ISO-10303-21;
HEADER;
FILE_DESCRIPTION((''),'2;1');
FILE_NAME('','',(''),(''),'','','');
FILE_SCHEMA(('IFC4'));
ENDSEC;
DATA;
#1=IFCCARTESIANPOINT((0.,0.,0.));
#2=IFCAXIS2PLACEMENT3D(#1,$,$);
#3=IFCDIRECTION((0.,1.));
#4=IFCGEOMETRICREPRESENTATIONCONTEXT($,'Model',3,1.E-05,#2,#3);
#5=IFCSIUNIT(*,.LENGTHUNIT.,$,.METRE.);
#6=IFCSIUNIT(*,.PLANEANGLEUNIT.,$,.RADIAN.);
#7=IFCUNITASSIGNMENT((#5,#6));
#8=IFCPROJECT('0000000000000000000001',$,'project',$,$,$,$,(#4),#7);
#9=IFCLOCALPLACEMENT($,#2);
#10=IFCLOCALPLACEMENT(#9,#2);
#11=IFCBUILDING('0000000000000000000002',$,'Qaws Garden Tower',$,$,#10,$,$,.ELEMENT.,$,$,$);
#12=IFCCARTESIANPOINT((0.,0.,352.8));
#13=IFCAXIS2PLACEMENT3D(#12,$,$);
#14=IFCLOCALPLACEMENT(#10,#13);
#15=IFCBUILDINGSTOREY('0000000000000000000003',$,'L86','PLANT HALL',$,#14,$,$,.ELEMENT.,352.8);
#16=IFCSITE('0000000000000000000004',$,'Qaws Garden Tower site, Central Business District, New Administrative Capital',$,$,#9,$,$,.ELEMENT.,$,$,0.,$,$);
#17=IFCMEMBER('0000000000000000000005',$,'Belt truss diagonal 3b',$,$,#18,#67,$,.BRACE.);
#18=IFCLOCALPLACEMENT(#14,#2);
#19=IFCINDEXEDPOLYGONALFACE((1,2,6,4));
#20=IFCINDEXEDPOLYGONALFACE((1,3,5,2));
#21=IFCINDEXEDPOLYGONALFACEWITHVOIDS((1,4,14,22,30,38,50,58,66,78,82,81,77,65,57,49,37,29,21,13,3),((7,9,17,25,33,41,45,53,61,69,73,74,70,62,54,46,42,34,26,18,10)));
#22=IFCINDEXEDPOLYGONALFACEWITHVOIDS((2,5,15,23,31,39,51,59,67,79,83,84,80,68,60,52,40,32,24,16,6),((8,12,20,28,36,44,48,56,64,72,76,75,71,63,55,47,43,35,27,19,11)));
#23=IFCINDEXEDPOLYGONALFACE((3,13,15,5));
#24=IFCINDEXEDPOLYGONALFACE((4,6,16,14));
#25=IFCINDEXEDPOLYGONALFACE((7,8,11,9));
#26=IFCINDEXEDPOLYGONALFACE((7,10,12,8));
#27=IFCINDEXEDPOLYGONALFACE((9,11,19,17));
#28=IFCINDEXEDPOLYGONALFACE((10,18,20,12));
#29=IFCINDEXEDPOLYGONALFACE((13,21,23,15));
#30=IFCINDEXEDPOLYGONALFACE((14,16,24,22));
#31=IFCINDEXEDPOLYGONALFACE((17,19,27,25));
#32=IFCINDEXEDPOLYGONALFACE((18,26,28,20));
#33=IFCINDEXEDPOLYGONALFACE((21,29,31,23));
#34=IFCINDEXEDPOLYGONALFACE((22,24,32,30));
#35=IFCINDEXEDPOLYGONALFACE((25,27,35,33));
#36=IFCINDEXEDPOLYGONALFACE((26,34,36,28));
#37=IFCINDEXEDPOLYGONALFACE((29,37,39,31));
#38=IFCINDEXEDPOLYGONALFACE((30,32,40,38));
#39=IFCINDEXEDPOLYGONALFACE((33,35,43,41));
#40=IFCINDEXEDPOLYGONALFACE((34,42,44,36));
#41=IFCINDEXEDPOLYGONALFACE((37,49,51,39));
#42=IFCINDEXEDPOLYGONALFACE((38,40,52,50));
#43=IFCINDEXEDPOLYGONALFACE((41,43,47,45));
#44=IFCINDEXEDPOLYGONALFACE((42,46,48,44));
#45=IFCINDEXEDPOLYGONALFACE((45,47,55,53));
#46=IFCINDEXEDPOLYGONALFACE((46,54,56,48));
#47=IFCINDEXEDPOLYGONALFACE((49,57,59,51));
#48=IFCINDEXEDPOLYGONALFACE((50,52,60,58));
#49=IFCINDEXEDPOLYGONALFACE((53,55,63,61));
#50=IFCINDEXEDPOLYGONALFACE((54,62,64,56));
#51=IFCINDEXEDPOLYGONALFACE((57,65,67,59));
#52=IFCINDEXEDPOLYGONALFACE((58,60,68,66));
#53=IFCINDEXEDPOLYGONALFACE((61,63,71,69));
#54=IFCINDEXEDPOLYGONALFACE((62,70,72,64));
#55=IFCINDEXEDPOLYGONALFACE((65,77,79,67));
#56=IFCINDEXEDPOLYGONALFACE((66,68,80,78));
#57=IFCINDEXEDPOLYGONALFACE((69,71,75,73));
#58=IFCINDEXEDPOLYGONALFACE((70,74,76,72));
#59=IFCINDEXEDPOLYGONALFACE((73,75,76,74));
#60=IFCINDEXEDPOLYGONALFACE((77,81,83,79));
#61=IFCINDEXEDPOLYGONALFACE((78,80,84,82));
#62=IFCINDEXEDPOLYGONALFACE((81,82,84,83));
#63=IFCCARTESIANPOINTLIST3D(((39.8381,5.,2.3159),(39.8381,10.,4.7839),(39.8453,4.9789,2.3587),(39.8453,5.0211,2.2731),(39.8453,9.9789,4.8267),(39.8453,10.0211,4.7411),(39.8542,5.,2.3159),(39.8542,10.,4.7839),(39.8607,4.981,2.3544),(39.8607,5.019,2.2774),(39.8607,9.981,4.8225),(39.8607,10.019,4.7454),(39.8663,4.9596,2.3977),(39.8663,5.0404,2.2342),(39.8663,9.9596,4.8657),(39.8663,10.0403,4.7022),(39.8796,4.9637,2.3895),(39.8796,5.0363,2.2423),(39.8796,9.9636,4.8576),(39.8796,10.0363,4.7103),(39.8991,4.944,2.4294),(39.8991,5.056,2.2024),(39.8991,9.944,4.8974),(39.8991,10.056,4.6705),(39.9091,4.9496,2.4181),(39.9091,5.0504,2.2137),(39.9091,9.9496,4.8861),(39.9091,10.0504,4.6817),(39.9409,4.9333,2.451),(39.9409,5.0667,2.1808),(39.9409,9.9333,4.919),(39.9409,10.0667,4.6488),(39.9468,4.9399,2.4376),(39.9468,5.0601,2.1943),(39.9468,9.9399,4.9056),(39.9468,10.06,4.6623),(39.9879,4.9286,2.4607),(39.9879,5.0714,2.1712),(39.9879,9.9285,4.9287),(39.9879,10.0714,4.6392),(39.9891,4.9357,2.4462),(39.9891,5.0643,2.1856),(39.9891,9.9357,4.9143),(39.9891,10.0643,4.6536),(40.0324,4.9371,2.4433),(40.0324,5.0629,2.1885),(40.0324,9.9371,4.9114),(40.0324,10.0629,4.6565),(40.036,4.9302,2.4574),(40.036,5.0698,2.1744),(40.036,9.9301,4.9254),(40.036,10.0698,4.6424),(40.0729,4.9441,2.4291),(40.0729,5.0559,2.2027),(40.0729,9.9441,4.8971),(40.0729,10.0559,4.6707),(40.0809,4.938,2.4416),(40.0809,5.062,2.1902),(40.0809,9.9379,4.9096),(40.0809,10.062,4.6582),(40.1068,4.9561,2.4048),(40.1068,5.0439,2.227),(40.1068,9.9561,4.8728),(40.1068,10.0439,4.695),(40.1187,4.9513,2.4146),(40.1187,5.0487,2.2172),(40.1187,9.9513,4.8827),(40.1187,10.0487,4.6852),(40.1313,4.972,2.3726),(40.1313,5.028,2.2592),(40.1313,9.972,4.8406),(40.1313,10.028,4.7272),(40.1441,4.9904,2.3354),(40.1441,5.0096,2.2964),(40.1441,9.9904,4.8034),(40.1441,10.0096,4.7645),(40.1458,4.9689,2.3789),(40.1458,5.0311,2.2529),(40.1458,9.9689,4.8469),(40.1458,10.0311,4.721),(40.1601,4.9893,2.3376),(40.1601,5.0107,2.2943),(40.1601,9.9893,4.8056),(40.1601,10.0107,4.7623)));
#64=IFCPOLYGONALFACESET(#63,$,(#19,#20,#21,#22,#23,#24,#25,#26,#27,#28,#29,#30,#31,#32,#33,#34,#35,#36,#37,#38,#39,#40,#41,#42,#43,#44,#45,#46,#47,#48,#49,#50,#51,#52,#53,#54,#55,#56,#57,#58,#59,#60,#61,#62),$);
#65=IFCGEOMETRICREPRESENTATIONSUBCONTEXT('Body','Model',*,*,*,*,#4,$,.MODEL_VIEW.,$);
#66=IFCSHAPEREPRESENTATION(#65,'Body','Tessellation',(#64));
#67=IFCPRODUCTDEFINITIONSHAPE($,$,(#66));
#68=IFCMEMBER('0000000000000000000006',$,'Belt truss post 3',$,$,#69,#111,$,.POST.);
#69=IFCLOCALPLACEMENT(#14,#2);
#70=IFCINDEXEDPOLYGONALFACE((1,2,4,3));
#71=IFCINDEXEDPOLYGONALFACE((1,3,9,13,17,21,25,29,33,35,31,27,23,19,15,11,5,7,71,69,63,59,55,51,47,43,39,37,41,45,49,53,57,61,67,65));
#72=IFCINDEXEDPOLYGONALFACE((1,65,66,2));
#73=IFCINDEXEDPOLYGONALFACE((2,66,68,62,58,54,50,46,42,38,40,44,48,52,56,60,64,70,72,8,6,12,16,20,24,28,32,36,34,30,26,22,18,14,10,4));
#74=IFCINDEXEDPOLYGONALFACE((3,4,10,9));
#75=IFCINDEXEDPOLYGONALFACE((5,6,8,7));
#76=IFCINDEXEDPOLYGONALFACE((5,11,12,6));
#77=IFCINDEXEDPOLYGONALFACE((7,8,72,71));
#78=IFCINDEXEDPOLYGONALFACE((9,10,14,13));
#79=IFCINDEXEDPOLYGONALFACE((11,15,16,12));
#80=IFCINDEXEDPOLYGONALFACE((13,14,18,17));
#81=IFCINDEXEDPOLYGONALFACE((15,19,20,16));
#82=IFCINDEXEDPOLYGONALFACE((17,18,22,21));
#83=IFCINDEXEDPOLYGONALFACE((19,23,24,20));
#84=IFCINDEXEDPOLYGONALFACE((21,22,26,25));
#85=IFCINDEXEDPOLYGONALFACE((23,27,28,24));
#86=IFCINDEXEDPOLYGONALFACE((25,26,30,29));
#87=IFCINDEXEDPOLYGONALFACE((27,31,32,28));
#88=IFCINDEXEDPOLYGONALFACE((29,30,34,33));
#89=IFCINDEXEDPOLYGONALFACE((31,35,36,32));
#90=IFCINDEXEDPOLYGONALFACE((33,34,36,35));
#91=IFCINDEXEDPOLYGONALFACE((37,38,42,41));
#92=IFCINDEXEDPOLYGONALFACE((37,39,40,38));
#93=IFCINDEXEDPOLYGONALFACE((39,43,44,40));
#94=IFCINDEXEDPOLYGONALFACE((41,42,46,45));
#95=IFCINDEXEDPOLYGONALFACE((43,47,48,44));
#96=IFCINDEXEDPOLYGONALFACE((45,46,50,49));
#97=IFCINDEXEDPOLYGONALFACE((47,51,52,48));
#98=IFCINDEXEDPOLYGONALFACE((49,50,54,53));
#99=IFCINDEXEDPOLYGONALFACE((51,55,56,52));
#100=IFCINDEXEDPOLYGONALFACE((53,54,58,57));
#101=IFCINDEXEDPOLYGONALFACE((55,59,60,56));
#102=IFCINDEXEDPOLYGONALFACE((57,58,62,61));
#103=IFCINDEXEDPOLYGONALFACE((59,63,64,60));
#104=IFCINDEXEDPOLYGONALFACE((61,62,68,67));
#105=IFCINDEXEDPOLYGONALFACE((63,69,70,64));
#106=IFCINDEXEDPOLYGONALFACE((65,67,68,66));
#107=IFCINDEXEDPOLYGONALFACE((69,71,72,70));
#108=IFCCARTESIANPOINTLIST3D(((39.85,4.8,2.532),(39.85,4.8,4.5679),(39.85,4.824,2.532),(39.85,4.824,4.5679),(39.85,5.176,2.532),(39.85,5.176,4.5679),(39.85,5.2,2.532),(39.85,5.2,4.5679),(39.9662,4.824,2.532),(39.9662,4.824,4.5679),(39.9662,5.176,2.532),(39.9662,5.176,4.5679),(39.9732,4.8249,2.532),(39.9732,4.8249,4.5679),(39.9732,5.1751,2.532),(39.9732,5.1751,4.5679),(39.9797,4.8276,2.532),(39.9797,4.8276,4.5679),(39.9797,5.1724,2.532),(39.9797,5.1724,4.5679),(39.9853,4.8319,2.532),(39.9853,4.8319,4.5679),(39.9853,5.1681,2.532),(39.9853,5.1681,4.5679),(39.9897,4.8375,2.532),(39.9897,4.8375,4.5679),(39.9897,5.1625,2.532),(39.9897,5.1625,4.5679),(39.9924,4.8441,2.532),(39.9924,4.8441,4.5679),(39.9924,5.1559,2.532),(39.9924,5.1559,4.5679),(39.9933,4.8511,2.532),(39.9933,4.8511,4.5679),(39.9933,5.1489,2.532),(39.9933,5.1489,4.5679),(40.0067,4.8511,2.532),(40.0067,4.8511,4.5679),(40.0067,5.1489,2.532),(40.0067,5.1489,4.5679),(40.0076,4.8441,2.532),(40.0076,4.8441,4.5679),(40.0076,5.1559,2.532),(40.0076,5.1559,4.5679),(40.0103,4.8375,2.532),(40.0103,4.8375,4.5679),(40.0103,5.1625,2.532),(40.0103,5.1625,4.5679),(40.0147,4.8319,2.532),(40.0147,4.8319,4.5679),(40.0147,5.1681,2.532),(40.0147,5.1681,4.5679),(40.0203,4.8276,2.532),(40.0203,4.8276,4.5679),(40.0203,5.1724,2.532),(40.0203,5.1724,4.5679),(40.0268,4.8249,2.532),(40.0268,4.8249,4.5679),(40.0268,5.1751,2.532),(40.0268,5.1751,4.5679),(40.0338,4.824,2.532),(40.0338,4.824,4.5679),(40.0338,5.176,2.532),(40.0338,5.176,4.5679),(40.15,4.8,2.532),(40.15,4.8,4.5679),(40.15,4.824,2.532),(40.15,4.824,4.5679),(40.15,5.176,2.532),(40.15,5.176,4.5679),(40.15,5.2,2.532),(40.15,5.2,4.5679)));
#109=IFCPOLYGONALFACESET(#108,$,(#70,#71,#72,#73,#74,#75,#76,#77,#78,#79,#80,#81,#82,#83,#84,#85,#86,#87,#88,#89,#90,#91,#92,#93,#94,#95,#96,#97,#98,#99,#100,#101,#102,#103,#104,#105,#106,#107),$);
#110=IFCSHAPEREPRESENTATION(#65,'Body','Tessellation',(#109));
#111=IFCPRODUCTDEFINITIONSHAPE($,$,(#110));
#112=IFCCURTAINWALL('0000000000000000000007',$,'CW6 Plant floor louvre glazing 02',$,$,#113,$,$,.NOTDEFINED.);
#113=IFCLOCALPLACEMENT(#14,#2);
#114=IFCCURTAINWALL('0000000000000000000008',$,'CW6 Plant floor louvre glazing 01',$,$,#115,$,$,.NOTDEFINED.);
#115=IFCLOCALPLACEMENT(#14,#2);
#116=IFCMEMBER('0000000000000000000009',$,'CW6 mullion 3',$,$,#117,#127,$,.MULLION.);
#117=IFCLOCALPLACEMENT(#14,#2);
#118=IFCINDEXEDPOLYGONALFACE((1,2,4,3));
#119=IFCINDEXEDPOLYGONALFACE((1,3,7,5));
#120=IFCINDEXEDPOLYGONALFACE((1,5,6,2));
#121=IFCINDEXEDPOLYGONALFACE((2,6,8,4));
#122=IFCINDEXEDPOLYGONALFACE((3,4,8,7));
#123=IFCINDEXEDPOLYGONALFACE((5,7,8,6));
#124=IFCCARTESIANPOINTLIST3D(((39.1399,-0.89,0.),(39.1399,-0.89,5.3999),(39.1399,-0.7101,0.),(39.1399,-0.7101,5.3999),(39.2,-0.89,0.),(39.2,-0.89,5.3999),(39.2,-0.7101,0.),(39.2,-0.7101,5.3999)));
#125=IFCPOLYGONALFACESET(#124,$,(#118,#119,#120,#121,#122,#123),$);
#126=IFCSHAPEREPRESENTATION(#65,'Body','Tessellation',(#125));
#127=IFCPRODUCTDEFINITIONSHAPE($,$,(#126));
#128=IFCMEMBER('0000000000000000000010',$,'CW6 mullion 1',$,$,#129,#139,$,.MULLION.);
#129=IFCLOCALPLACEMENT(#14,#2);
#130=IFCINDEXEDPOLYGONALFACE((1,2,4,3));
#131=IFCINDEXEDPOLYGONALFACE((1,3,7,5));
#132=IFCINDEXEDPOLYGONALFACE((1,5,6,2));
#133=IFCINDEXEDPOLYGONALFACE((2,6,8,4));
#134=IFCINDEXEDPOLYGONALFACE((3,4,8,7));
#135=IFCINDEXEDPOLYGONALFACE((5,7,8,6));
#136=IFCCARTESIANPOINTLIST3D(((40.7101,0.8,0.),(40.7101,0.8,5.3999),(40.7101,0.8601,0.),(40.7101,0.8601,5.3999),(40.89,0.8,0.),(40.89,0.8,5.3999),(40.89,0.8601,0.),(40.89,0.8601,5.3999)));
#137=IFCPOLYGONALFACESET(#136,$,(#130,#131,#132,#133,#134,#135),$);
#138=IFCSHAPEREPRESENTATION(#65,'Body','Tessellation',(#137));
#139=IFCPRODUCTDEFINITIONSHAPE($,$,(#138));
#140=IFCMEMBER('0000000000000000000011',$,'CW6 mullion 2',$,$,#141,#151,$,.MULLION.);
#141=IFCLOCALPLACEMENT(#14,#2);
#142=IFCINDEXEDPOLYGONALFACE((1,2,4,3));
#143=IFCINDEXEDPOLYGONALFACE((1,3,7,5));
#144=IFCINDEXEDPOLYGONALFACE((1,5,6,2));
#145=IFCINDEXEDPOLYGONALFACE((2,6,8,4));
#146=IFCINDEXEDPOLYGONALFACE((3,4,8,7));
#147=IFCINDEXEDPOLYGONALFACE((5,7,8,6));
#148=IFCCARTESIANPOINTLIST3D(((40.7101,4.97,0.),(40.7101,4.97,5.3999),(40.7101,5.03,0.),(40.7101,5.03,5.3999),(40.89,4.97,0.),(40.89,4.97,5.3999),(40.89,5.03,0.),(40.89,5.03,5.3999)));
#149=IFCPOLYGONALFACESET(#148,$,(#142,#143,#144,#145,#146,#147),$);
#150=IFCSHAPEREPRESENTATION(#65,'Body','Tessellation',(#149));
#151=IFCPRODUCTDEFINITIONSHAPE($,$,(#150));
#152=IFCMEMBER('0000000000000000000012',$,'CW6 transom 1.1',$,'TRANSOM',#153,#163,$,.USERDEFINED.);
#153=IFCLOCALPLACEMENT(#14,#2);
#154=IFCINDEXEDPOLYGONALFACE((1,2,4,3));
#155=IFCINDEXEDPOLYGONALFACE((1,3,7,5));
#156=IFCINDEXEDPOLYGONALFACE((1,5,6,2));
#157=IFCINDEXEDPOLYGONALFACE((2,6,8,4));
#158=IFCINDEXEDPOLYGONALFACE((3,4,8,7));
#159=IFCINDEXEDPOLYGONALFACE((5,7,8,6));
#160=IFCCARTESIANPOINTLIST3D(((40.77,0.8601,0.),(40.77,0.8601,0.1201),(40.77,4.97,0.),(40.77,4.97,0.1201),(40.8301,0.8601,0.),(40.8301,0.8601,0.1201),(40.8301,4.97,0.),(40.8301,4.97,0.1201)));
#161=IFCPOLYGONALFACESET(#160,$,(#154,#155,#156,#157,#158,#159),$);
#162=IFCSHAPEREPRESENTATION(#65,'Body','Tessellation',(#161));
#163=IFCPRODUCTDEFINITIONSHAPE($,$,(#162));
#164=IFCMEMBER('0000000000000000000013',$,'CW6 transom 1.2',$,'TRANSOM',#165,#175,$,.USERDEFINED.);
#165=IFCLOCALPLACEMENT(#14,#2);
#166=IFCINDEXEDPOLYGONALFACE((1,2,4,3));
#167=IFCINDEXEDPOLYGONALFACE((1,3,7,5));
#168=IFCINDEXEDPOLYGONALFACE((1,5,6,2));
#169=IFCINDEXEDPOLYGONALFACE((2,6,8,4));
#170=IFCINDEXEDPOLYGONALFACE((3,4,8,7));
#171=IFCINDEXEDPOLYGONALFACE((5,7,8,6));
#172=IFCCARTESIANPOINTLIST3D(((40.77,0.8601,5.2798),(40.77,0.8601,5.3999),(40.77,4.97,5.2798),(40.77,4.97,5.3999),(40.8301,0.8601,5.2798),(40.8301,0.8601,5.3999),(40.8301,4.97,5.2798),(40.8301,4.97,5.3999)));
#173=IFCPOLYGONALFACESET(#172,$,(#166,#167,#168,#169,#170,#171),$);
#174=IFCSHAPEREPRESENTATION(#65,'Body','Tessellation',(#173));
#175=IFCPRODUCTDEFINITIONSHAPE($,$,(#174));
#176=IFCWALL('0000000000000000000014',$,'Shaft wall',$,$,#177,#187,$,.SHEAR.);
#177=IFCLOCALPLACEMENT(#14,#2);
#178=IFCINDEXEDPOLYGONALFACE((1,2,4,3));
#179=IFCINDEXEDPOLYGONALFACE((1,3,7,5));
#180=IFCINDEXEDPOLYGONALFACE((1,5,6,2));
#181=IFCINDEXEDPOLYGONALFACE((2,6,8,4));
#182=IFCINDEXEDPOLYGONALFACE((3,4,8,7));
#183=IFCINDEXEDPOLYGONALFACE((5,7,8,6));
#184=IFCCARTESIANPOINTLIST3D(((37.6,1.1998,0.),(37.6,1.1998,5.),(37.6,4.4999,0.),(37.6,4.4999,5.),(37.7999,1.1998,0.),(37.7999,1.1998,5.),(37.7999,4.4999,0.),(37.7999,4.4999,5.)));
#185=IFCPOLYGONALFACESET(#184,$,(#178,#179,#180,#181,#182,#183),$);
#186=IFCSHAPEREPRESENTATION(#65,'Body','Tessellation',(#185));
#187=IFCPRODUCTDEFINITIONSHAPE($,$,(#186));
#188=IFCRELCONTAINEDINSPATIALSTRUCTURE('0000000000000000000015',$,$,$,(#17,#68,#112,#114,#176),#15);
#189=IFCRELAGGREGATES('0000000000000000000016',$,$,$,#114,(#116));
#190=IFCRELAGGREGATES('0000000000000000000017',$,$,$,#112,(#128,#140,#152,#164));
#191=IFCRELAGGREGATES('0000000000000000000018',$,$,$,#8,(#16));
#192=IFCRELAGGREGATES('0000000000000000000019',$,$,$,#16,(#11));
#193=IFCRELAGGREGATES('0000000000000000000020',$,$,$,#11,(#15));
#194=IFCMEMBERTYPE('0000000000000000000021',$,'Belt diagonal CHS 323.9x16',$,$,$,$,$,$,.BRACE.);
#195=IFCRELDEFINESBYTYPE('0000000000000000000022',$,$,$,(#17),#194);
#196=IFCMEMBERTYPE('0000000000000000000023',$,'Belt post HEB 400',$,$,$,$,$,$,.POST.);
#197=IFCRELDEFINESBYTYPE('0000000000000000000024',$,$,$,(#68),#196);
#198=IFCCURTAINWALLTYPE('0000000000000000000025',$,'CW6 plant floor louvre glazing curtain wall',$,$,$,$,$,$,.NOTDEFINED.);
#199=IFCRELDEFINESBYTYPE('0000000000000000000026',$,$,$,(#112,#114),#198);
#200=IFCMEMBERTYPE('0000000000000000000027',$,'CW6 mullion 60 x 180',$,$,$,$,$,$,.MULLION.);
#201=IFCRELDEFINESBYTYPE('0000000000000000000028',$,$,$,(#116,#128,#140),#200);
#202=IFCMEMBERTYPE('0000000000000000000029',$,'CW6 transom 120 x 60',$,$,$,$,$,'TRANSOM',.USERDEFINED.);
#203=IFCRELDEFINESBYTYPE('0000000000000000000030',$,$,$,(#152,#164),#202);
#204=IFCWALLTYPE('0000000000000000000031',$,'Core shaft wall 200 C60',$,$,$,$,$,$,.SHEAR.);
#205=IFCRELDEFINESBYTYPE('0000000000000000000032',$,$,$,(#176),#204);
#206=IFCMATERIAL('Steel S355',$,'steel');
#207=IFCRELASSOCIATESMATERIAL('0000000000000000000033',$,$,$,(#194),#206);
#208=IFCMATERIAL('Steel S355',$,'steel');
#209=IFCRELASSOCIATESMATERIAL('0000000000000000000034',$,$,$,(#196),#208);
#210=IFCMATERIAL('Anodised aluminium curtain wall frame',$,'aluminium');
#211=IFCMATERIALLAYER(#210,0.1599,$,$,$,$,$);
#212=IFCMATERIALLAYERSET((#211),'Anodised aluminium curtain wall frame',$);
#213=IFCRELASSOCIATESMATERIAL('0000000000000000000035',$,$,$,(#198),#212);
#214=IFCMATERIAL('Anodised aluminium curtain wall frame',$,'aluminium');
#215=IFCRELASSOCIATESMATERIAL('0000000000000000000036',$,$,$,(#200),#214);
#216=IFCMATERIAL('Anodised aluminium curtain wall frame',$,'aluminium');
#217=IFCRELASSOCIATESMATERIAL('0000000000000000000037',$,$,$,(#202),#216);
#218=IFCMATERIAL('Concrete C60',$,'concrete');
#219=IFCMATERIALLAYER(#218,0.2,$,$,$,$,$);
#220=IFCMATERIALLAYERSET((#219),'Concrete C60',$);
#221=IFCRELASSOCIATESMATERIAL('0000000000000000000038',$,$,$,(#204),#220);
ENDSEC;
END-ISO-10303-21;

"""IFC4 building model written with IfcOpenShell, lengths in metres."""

from ifc_helpers import new_model, si_unit, direction, frame, frame_2d, origin, origin_2d, place, context, subcontext, project, spatial, rectangle, hollow_circle, i_section, extrude, material, layer, layer_set, material_profile, profile_set, type_object, element, aggregate, save


model = new_model("IFC4")

# Units and contexts
model_context = context("Model", 3, precision=1e-05, world=origin(), true_north=direction((0.0, 1.0)))
body_context = subcontext(model_context, "Body", "Model", "MODEL_VIEW")
ifc_project = project(units=[si_unit("LENGTHUNIT", "METRE"), si_unit("PLANEANGLEUNIT", "RADIAN")], contexts=[model_context])

# Site, building, storey
site_placement = place(None, origin())
site = spatial("IfcSite", under=ifc_project, at=site_placement, Name="Qaws Garden Tower site, Central Business District, New Administrative Capital", CompositionType="ELEMENT", RefElevation=0.0)
building_placement = place(site_placement, origin())
building = spatial("IfcBuilding", under=site, at=building_placement, Name="Qaws Garden Tower", CompositionType="ELEMENT")
storey_placement = place(building_placement, frame((0.0, 0.0, 352.8)))
storey = spatial("IfcBuildingStorey", under=building, at=storey_placement, Name="L86", Description="PLANT HALL", CompositionType="ELEMENT", Elevation=352.8)

# Members
ifc_material_1 = material(Name="Steel S355", Category="steel")
ifc_material_profile_1 = material_profile(ifc_material_1, hollow_circle(Radius=0.1619, WallThickness=0.0161, at=origin_2d()), Name="CHS 323.9x16")
ifc_profile_set_1 = profile_set([ifc_material_profile_1], Name="Steel S355")
member_type_1 = type_object("IfcMemberType", Name="Belt diagonal CHS 323.9x16", PredefinedType="BRACE", material=ifc_profile_set_1)
for number, where, z_axis, x_axis, name in (
    (1, (40.0, 5.0, 2.3159), (0.0, 0.89671, 0.442619), (-1.0, 0.0, 0.0), "Belt truss diagonal 3b"),
):
    element("IfcMember", number, at=place(storey_placement, frame(where, z_axis=z_axis, x_axis=x_axis)), inside=storey, type_object=member_type_1, Name=name, PredefinedType="BRACE", context=body_context, shape_type="SweptSolid", body=[
        extrude(hollow_circle(Radius=0.1619, WallThickness=0.0161, at=origin_2d()), origin(), (0.0, 0.0, 1.0), 5.5759),
    ])
ifc_material_2 = material(Name="Steel S355", Category="steel")
ifc_material_profile_2 = material_profile(ifc_material_2, i_section(OverallWidth=0.3, OverallDepth=0.3999, WebThickness=0.0134, FlangeThickness=0.0239, FilletRadius=0.0271, at=origin_2d()), Name="HEB 400")
ifc_profile_set_2 = profile_set([ifc_material_profile_2], Name="Steel S355")
member_type_2 = type_object("IfcMemberType", Name="Belt post HEB 400", PredefinedType="POST", material=ifc_profile_set_2)
member_1_placement = place(storey_placement, frame((40.0, 5.0, 2.532), z_axis=(0.0, 0.0, 1.0), x_axis=(1.0, 0.0, 0.0)))
element("IfcMember", 2, at=member_1_placement, inside=storey, type_object=member_type_2, Name="Belt truss post 3", PredefinedType="POST", context=body_context, shape_type="SweptSolid", body=[
    extrude(i_section(OverallWidth=0.3, OverallDepth=0.3999, WebThickness=0.0134, FlangeThickness=0.0239, FilletRadius=0.0271, at=origin_2d()), origin(), (0.0, 0.0, 1.0), 2.0359),
])

# Curtain wall
ifc_material_3 = material(Name="Anodised aluminium curtain wall frame", Category="aluminium")
ifc_layer_1 = layer(ifc_material_3, 0.1599)
ifc_layer_set_1 = layer_set([ifc_layer_1], Name="Anodised aluminium curtain wall frame")
curtain_wall_type = type_object("IfcCurtainWallType", Name="CW6 plant floor louvre glazing curtain wall", PredefinedType="NOTDEFINED", material=ifc_layer_set_1)
placement_1 = place(storey_placement, origin())
curtain_wall_1 = element("IfcCurtainWall", 3, at=placement_1, inside=storey, type_object=curtain_wall_type, Name="CW6 Plant floor louvre glazing 02", PredefinedType="NOTDEFINED")

# Curtain wall, member
curtain_wall_2 = element("IfcCurtainWall", 4, at=placement_1, inside=storey, type_object=curtain_wall_type, Name="CW6 Plant floor louvre glazing 01", PredefinedType="NOTDEFINED")
ifc_material_4 = material(Name="Anodised aluminium curtain wall frame", Category="aluminium")
ifc_material_profile_3 = material_profile(ifc_material_4, rectangle(XDim=0.1799, YDim=0.0601, at=origin_2d()), Name="AL 60x180")
ifc_profile_set_3 = profile_set([ifc_material_profile_3], Name="Anodised aluminium curtain wall frame")
member_type_3 = type_object("IfcMemberType", Name="CW6 mullion 60 x 180", PredefinedType="MULLION", material=ifc_profile_set_3)
member_2_placement = place(storey_placement, frame((39.1699, -0.8, 0.0), z_axis=(0.0, 0.0, 1.0), x_axis=(0.0, 1.0, 0.0)))
member_2 = element("IfcMember", 5, at=member_2_placement, type_object=member_type_3, Name="CW6 mullion 3", PredefinedType="MULLION", context=body_context, shape_type="SweptSolid", body=[
    extrude(rectangle(XDim=0.1799, YDim=0.0601, at=origin_2d()), origin(), (0.0, 0.0, 1.0), 5.3999),
])
aggregate(curtain_wall_2, [member_2])

# Members
member_3_placement = place(storey_placement, frame((40.8, 0.8301, 0.0), z_axis=(0.0, 0.0, 1.0), x_axis=(-1.0, 0.0, 0.0)))
member_3 = element("IfcMember", 6, at=member_3_placement, type_object=member_type_3, Name="CW6 mullion 1", PredefinedType="MULLION", context=body_context, shape_type="SweptSolid", body=[
    extrude(rectangle(XDim=0.1799, YDim=0.0601, at=origin_2d()), origin(), (0.0, 0.0, 1.0), 5.3999),
])
member_4_placement = place(storey_placement, frame((40.8, 5.0, 0.0), z_axis=(0.0, 0.0, 1.0), x_axis=(-1.0, 0.0, 0.0)))
member_4 = element("IfcMember", 7, at=member_4_placement, type_object=member_type_3, Name="CW6 mullion 2", PredefinedType="MULLION", context=body_context, shape_type="SweptSolid", body=[
    extrude(rectangle(XDim=0.1799, YDim=0.0601, at=origin_2d()), origin(), (0.0, 0.0, 1.0), 5.3999),
])
ifc_material_5 = material(Name="Anodised aluminium curtain wall frame", Category="aluminium")
ifc_material_profile_4 = material_profile(ifc_material_5, rectangle(XDim=0.0601, YDim=0.1201, at=origin_2d()), Name="AL 60x120")
ifc_profile_set_4 = profile_set([ifc_material_profile_4], Name="Anodised aluminium curtain wall frame")
member_type_4 = type_object("IfcMemberType", Name="CW6 transom 120 x 60", ElementType="TRANSOM", PredefinedType="USERDEFINED", material=ifc_profile_set_4)
member_5_placement = place(storey_placement, frame((40.8, 0.8601, 0.0601), z_axis=(0.0, 1.0, 0.0), x_axis=(-1.0, 0.0, 0.0)))
member_5 = element("IfcMember", 8, at=member_5_placement, type_object=member_type_4, Name="CW6 transom 1.1", ObjectType="TRANSOM", PredefinedType="USERDEFINED", context=body_context, shape_type="SweptSolid", body=[
    extrude(rectangle(XDim=0.0601, YDim=0.1201, at=origin_2d()), origin(), (0.0, 0.0, 1.0), 4.1099),
])
member_6_placement = place(storey_placement, frame((40.8, 0.8601, 5.3398), z_axis=(0.0, 1.0, 0.0), x_axis=(-1.0, 0.0, 0.0)))
member_6 = element("IfcMember", 9, at=member_6_placement, type_object=member_type_4, Name="CW6 transom 1.2", ObjectType="TRANSOM", PredefinedType="USERDEFINED", context=body_context, shape_type="SweptSolid", body=[
    extrude(rectangle(XDim=0.0601, YDim=0.1201, at=origin_2d()), origin(), (0.0, 0.0, 1.0), 4.1099),
])

aggregate(curtain_wall_1, [member_3, member_4, member_5, member_6])

# Wall
ifc_material_6 = material(Name="Concrete C60", Category="concrete")
ifc_layer_2 = layer(ifc_material_6, 0.2)
ifc_layer_set_2 = layer_set([ifc_layer_2], Name="Concrete C60")
wall_type = type_object("IfcWallType", Name="Core shaft wall 200 C60", PredefinedType="SHEAR", material=ifc_layer_set_2)
wall_placement = place(storey_placement, frame((37.7, 1.2, 0.0), z_axis=(0.0, 0.0, 1.0), x_axis=(0.0, 1.0, 0.0)))
element("IfcWall", 10, at=wall_placement, inside=storey, type_object=wall_type, Name="Shaft wall", PredefinedType="SHEAR", context=body_context, shape_type="SweptSolid", body=[
    extrude(rectangle(XDim=3.3, YDim=0.2, at=frame_2d((1.6499, 0.0))), origin(), (0.0, 0.0, 1.0), 5.0),
])

save(model, "model.ifc")
